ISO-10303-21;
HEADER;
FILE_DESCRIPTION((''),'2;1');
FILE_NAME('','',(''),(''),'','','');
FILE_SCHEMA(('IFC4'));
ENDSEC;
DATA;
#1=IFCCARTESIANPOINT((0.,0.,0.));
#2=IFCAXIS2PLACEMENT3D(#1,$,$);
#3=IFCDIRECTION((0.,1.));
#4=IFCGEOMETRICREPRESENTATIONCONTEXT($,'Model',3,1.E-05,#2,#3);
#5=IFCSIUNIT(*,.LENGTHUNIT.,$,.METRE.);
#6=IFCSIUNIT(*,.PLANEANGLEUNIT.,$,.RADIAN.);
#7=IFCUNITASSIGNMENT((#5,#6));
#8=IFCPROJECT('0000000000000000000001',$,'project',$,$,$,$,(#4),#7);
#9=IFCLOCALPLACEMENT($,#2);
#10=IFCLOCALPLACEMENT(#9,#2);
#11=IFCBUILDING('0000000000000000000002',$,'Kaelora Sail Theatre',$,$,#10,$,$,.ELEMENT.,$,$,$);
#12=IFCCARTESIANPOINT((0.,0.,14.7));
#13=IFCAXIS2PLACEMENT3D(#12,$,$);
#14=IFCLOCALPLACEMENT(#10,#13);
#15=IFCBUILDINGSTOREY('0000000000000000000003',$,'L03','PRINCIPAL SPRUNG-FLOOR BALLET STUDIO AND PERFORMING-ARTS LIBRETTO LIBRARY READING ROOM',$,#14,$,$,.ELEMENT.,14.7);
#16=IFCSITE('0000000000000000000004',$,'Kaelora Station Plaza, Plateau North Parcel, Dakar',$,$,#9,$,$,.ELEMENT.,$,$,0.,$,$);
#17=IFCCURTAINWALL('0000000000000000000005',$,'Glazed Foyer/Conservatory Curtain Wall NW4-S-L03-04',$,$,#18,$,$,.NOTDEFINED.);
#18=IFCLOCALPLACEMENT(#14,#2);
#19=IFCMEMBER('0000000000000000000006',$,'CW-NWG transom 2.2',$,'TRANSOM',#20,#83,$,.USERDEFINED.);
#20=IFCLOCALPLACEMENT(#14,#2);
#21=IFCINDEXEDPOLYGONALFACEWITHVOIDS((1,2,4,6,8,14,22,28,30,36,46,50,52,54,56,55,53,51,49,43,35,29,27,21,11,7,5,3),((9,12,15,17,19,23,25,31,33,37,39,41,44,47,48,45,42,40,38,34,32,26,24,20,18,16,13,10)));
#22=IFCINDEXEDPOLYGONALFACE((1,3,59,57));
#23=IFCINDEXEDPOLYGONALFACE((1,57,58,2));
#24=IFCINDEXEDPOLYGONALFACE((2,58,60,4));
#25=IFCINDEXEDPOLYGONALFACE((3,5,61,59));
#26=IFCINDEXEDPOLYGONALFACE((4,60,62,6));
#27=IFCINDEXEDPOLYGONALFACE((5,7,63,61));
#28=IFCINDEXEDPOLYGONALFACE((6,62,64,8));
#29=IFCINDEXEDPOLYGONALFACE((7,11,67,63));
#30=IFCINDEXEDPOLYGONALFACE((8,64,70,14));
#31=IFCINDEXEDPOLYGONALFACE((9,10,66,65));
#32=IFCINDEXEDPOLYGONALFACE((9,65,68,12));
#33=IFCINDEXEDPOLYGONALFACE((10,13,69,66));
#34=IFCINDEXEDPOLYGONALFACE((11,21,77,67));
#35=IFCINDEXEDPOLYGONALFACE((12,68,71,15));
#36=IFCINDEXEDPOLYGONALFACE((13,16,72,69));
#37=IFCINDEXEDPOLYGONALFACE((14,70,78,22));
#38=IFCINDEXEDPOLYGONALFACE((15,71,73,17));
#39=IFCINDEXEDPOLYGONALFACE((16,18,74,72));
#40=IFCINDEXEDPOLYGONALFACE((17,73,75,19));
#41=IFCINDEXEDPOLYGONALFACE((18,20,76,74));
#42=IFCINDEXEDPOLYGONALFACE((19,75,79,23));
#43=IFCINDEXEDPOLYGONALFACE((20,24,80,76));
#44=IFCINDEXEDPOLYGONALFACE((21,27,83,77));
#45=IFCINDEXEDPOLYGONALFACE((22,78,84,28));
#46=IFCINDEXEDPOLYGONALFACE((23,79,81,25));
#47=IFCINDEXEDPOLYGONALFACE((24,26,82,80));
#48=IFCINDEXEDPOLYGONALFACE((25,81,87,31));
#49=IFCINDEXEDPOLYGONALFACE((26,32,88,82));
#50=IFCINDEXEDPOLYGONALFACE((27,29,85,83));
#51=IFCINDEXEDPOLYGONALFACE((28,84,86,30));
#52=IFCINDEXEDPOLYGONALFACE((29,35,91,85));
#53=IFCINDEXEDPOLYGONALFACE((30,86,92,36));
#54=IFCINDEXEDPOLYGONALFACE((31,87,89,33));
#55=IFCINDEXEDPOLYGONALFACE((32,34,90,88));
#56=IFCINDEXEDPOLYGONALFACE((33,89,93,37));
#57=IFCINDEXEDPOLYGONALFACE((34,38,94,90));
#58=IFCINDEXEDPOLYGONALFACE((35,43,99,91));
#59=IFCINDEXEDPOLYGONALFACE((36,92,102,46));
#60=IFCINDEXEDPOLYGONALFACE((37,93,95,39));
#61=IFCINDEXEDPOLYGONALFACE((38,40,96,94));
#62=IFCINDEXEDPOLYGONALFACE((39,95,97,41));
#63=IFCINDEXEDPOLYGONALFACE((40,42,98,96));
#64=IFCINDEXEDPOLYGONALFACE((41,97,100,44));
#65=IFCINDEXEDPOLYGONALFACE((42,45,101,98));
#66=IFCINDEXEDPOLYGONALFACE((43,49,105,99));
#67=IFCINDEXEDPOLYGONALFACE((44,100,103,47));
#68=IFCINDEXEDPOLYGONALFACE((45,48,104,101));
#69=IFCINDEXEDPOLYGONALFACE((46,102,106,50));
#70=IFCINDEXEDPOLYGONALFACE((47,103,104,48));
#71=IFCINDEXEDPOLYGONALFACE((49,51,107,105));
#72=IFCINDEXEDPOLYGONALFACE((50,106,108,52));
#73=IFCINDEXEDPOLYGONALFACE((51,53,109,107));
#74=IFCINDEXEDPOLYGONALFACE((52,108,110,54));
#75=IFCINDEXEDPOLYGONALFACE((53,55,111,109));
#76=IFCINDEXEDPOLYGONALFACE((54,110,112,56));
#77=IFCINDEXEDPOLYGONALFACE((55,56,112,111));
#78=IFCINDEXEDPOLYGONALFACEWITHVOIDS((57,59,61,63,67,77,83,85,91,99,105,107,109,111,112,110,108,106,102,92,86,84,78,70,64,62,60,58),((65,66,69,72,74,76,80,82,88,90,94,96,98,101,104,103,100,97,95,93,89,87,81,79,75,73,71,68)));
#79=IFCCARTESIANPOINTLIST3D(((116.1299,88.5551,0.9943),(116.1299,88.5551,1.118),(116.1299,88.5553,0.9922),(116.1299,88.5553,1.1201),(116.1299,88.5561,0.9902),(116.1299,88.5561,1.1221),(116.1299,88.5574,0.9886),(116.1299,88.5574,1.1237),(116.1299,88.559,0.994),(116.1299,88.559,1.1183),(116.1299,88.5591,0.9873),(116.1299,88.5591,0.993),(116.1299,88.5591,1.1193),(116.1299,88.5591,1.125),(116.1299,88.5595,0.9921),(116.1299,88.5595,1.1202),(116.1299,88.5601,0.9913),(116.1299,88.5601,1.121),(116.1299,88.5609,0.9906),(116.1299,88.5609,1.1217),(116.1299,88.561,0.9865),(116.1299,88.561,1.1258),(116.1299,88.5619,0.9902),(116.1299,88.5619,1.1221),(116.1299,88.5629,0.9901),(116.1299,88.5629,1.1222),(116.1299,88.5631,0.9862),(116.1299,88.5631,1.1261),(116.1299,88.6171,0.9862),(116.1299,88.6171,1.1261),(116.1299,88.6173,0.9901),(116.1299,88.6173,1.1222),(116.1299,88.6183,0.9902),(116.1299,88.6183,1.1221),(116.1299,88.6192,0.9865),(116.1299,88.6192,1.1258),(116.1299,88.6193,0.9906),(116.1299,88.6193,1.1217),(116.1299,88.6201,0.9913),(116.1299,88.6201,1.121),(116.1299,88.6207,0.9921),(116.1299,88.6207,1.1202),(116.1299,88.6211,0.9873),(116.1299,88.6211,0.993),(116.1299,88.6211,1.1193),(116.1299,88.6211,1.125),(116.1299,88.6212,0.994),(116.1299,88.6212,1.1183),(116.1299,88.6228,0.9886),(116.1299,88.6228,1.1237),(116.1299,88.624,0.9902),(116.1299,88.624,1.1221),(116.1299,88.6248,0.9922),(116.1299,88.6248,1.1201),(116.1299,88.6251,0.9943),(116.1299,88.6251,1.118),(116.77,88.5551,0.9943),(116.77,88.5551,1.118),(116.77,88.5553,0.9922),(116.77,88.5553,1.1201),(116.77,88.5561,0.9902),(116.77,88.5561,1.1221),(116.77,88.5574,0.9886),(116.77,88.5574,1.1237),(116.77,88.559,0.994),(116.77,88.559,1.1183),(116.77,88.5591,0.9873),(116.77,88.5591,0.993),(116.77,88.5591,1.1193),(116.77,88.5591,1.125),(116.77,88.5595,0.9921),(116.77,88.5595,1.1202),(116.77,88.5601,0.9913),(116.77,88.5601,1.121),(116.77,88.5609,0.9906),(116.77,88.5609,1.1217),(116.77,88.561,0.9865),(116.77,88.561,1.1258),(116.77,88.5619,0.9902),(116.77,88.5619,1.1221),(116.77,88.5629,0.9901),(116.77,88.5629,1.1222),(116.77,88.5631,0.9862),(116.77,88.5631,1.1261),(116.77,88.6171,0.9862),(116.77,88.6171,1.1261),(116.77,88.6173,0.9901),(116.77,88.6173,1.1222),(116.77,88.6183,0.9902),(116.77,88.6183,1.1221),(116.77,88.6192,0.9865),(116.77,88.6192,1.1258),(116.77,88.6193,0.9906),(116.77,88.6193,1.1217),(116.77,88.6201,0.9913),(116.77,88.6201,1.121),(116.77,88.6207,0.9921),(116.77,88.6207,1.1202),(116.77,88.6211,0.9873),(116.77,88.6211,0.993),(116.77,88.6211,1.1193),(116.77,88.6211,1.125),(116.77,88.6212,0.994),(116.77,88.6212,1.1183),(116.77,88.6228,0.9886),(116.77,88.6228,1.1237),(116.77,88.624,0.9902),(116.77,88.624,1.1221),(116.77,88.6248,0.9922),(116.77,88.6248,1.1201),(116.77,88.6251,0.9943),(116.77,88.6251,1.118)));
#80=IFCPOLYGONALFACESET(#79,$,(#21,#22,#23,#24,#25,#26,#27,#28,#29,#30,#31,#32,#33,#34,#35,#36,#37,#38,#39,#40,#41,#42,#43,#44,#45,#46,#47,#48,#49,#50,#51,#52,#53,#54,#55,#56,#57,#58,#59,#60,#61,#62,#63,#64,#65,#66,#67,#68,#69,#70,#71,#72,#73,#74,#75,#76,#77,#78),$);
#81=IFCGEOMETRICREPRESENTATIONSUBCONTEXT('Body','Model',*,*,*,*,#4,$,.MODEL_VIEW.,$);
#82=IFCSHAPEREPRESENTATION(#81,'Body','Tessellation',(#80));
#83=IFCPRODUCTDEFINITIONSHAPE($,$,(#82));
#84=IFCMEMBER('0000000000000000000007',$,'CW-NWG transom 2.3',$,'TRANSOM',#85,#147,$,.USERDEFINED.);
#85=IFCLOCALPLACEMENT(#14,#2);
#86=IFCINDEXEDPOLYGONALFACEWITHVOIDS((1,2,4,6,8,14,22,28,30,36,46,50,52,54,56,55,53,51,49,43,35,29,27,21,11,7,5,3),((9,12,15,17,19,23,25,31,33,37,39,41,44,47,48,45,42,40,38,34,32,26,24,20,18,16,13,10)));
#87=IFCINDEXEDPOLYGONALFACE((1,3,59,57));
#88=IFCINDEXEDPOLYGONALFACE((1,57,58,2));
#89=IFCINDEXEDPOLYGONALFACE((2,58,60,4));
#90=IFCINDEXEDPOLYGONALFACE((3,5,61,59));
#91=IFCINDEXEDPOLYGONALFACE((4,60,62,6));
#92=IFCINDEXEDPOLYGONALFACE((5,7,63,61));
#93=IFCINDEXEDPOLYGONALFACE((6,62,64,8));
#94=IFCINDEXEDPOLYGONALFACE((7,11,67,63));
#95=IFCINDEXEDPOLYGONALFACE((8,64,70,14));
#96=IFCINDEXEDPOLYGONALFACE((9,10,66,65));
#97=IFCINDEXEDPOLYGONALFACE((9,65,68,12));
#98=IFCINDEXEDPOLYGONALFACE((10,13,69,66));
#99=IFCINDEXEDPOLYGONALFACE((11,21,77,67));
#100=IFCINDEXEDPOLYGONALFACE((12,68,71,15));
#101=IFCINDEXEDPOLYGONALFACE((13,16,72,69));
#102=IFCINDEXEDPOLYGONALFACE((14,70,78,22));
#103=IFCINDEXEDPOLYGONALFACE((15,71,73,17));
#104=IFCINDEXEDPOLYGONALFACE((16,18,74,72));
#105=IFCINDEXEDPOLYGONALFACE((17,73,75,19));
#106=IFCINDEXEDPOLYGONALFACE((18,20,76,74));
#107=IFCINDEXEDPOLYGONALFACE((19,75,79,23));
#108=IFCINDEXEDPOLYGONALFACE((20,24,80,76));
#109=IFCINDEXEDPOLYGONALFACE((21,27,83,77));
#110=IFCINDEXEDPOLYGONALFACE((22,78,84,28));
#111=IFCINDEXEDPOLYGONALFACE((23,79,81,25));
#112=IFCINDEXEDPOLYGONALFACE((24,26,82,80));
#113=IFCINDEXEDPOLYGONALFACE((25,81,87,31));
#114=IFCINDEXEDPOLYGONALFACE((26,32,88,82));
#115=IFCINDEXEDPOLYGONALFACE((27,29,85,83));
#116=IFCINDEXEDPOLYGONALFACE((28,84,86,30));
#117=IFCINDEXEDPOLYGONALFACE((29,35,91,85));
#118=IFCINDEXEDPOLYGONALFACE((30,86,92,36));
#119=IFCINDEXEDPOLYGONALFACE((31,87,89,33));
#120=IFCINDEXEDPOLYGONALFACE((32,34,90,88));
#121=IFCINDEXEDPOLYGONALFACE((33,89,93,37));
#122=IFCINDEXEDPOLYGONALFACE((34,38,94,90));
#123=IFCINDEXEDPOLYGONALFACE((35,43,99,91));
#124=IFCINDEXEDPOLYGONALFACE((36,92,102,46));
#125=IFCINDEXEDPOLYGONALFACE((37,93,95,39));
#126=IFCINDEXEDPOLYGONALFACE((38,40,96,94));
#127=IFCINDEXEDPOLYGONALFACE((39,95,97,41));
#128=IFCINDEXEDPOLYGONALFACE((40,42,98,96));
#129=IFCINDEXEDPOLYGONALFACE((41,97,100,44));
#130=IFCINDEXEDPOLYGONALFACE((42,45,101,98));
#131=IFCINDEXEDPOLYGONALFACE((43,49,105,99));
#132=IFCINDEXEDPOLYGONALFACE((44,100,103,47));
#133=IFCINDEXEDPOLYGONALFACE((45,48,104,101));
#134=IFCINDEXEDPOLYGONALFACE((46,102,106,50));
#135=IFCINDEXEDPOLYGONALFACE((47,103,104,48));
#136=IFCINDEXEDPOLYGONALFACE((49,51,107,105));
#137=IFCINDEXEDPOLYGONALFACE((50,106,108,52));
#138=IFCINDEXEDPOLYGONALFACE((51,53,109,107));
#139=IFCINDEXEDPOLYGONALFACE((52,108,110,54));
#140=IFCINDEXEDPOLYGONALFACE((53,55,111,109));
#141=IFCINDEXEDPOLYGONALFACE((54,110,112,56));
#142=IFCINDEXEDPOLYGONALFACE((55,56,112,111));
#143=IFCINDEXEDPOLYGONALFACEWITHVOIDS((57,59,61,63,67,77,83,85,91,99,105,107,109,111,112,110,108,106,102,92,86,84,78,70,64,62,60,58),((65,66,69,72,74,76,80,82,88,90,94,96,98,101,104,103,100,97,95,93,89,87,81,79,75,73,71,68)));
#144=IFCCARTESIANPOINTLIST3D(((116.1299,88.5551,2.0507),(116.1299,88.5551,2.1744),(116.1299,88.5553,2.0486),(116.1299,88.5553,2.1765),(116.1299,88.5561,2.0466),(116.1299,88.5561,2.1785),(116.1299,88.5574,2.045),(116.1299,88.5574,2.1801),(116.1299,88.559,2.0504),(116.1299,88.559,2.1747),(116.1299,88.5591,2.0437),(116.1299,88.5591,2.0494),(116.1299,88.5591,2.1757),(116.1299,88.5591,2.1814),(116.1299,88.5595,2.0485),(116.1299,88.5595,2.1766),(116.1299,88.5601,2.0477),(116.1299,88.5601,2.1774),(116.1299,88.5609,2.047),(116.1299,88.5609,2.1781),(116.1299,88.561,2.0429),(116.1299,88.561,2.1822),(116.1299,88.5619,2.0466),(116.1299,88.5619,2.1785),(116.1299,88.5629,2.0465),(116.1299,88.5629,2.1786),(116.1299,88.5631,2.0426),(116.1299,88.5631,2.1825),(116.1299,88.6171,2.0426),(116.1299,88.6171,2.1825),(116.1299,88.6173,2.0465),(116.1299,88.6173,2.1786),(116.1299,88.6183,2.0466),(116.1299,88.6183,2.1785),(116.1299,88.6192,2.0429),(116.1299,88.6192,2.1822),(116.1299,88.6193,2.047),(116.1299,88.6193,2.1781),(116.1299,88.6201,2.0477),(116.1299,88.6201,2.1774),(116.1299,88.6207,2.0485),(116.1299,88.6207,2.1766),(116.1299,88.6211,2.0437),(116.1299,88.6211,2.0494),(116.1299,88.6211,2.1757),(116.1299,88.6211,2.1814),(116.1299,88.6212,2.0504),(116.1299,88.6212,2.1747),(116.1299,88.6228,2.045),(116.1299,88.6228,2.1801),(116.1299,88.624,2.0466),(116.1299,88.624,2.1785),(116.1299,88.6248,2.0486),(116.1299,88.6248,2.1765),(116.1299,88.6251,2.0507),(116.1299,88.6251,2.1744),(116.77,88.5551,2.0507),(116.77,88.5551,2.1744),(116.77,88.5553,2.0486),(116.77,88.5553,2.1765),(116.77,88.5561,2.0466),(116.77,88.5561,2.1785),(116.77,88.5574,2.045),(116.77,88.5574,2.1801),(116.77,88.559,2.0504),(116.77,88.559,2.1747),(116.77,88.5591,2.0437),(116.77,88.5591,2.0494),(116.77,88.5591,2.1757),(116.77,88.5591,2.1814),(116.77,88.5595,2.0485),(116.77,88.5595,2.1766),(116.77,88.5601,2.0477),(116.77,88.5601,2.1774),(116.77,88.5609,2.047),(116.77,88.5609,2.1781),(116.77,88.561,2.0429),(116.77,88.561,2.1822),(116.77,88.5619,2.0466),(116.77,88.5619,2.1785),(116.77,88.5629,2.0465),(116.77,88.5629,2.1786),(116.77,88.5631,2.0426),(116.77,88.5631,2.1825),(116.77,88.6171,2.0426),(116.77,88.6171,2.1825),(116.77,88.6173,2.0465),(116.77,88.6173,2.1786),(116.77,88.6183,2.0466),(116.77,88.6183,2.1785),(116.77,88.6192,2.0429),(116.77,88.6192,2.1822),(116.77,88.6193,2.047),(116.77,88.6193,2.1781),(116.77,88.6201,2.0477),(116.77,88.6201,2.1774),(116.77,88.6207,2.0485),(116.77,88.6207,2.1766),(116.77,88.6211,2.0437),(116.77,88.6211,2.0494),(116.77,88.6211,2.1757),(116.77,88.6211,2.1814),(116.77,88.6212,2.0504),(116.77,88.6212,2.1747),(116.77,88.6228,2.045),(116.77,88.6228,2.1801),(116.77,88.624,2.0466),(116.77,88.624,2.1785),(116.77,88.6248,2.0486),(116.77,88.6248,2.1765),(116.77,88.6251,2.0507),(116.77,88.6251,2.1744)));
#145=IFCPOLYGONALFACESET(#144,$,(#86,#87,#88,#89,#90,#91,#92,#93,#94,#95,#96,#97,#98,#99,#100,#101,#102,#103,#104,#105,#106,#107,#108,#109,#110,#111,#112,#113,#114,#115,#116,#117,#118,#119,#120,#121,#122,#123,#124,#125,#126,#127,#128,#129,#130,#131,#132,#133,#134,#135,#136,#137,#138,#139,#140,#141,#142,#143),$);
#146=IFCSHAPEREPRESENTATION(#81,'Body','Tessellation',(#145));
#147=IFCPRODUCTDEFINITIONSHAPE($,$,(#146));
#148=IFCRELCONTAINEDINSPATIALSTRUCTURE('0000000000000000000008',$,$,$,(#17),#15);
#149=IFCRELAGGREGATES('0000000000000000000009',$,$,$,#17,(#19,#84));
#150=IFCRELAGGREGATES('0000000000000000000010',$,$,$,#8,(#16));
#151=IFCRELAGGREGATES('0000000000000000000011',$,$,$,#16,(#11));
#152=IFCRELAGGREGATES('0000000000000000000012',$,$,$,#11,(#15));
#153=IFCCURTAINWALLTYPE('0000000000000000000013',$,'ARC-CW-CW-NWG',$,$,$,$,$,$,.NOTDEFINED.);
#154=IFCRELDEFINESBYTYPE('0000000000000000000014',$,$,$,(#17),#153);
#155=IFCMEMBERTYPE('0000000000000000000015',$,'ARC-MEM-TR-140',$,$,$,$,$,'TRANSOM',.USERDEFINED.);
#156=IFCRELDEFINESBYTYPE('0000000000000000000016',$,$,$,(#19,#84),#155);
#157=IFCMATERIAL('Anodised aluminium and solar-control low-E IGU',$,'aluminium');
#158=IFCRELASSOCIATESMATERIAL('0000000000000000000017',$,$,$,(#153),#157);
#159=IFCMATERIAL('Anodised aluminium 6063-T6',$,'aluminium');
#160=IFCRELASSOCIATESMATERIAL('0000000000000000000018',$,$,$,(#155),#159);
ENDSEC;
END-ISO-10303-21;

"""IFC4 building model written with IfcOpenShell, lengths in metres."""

from ifc_helpers import new_model, si_unit, direction, frame, origin, origin_2d, place, context, subcontext, project, spatial, hollow_rectangle, extrude, material, material_profile, profile_set, type_object, element, aggregate, save


model = new_model("IFC4")

# Units and contexts
model_context = context("Model", 3, precision=1e-05, world=origin(), true_north=direction((0.0, 1.0)))
body_context = subcontext(model_context, "Body", "Model", "MODEL_VIEW")
ifc_project = project(units=[si_unit("LENGTHUNIT", "METRE"), si_unit("PLANEANGLEUNIT", "RADIAN")], contexts=[model_context])

# Site, building, storey
site_placement = place(None, origin())
site = spatial("IfcSite", under=ifc_project, at=site_placement, Name="Kaelora Station Plaza, Plateau North Parcel, Dakar", CompositionType="ELEMENT", RefElevation=0.0)
building_placement = place(site_placement, origin())
building = spatial("IfcBuilding", under=site, at=building_placement, Name="Kaelora Sail Theatre", CompositionType="ELEMENT")
storey_placement = place(building_placement, frame((0.0, 0.0, 14.7)))
storey = spatial("IfcBuildingStorey", under=building, at=storey_placement, Name="L03", Description="PRINCIPAL SPRUNG-FLOOR BALLET STUDIO AND PERFORMING-ARTS LIBRETTO LIBRARY READING ROOM", CompositionType="ELEMENT", Elevation=14.7)

# Curtain wall, members
ifc_material_1 = material(Name="Anodised aluminium and solar-control low-E IGU", Category="aluminium")
curtain_wall_type = type_object("IfcCurtainWallType", Name="ARC-CW-CW-NWG", PredefinedType="NOTDEFINED", material=ifc_material_1)
curtain_wall_placement = place(storey_placement, origin())
curtain_wall = element("IfcCurtainWall", 1, at=curtain_wall_placement, inside=storey, type_object=curtain_wall_type, Name="Glazed Foyer/Conservatory Curtain Wall NW4-S-L03-04", PredefinedType="NOTDEFINED")
ifc_material_2 = material(Name="Anodised aluminium 6063-T6", Category="aluminium")
ifc_material_profile_1 = material_profile(ifc_material_2, hollow_rectangle(XDim=0.0701, YDim=0.1399, WallThickness=0.0039, InnerFilletRadius=0.0039, OuterFilletRadius=0.0081, at=origin_2d()), Name="ALU-TRAN 70x140x4")
ifc_profile_set_1 = profile_set([ifc_material_profile_1], Name="Anodised aluminium 6063-T6")
member_type_1 = type_object("IfcMemberType", Name="ARC-MEM-TR-140", ElementType="TRANSOM", PredefinedType="USERDEFINED", material=ifc_profile_set_1)
member_1_placement = place(storey_placement, frame((116.1299, 88.5901, 1.0562), z_axis=(1.0, 0.0, 0.0), x_axis=(0.0, 1.0, 0.0)))
member_1 = element("IfcMember", 2, at=member_1_placement, type_object=member_type_1, Name="CW-NWG transom 2.2", ObjectType="TRANSOM", PredefinedType="USERDEFINED", context=body_context, shape_type="SweptSolid", body=[
    extrude(hollow_rectangle(XDim=0.0701, YDim=0.1399, WallThickness=0.0039, InnerFilletRadius=0.0039, OuterFilletRadius=0.0081, at=origin_2d()), origin(), (0.0, 0.0, 1.0), 0.6401),
])
member_2_placement = place(storey_placement, frame((116.1299, 88.5901, 2.1125), z_axis=(1.0, 0.0, 0.0), x_axis=(0.0, 1.0, 0.0)))
member_2 = element("IfcMember", 3, at=member_2_placement, type_object=member_type_1, Name="CW-NWG transom 2.3", ObjectType="TRANSOM", PredefinedType="USERDEFINED", context=body_context, shape_type="SweptSolid", body=[
    extrude(hollow_rectangle(XDim=0.0701, YDim=0.1399, WallThickness=0.0039, InnerFilletRadius=0.0039, OuterFilletRadius=0.0081, at=origin_2d()), origin(), (0.0, 0.0, 1.0), 0.6401),
])
aggregate(curtain_wall, [member_1, member_2])

save(model, "model.ifc")
